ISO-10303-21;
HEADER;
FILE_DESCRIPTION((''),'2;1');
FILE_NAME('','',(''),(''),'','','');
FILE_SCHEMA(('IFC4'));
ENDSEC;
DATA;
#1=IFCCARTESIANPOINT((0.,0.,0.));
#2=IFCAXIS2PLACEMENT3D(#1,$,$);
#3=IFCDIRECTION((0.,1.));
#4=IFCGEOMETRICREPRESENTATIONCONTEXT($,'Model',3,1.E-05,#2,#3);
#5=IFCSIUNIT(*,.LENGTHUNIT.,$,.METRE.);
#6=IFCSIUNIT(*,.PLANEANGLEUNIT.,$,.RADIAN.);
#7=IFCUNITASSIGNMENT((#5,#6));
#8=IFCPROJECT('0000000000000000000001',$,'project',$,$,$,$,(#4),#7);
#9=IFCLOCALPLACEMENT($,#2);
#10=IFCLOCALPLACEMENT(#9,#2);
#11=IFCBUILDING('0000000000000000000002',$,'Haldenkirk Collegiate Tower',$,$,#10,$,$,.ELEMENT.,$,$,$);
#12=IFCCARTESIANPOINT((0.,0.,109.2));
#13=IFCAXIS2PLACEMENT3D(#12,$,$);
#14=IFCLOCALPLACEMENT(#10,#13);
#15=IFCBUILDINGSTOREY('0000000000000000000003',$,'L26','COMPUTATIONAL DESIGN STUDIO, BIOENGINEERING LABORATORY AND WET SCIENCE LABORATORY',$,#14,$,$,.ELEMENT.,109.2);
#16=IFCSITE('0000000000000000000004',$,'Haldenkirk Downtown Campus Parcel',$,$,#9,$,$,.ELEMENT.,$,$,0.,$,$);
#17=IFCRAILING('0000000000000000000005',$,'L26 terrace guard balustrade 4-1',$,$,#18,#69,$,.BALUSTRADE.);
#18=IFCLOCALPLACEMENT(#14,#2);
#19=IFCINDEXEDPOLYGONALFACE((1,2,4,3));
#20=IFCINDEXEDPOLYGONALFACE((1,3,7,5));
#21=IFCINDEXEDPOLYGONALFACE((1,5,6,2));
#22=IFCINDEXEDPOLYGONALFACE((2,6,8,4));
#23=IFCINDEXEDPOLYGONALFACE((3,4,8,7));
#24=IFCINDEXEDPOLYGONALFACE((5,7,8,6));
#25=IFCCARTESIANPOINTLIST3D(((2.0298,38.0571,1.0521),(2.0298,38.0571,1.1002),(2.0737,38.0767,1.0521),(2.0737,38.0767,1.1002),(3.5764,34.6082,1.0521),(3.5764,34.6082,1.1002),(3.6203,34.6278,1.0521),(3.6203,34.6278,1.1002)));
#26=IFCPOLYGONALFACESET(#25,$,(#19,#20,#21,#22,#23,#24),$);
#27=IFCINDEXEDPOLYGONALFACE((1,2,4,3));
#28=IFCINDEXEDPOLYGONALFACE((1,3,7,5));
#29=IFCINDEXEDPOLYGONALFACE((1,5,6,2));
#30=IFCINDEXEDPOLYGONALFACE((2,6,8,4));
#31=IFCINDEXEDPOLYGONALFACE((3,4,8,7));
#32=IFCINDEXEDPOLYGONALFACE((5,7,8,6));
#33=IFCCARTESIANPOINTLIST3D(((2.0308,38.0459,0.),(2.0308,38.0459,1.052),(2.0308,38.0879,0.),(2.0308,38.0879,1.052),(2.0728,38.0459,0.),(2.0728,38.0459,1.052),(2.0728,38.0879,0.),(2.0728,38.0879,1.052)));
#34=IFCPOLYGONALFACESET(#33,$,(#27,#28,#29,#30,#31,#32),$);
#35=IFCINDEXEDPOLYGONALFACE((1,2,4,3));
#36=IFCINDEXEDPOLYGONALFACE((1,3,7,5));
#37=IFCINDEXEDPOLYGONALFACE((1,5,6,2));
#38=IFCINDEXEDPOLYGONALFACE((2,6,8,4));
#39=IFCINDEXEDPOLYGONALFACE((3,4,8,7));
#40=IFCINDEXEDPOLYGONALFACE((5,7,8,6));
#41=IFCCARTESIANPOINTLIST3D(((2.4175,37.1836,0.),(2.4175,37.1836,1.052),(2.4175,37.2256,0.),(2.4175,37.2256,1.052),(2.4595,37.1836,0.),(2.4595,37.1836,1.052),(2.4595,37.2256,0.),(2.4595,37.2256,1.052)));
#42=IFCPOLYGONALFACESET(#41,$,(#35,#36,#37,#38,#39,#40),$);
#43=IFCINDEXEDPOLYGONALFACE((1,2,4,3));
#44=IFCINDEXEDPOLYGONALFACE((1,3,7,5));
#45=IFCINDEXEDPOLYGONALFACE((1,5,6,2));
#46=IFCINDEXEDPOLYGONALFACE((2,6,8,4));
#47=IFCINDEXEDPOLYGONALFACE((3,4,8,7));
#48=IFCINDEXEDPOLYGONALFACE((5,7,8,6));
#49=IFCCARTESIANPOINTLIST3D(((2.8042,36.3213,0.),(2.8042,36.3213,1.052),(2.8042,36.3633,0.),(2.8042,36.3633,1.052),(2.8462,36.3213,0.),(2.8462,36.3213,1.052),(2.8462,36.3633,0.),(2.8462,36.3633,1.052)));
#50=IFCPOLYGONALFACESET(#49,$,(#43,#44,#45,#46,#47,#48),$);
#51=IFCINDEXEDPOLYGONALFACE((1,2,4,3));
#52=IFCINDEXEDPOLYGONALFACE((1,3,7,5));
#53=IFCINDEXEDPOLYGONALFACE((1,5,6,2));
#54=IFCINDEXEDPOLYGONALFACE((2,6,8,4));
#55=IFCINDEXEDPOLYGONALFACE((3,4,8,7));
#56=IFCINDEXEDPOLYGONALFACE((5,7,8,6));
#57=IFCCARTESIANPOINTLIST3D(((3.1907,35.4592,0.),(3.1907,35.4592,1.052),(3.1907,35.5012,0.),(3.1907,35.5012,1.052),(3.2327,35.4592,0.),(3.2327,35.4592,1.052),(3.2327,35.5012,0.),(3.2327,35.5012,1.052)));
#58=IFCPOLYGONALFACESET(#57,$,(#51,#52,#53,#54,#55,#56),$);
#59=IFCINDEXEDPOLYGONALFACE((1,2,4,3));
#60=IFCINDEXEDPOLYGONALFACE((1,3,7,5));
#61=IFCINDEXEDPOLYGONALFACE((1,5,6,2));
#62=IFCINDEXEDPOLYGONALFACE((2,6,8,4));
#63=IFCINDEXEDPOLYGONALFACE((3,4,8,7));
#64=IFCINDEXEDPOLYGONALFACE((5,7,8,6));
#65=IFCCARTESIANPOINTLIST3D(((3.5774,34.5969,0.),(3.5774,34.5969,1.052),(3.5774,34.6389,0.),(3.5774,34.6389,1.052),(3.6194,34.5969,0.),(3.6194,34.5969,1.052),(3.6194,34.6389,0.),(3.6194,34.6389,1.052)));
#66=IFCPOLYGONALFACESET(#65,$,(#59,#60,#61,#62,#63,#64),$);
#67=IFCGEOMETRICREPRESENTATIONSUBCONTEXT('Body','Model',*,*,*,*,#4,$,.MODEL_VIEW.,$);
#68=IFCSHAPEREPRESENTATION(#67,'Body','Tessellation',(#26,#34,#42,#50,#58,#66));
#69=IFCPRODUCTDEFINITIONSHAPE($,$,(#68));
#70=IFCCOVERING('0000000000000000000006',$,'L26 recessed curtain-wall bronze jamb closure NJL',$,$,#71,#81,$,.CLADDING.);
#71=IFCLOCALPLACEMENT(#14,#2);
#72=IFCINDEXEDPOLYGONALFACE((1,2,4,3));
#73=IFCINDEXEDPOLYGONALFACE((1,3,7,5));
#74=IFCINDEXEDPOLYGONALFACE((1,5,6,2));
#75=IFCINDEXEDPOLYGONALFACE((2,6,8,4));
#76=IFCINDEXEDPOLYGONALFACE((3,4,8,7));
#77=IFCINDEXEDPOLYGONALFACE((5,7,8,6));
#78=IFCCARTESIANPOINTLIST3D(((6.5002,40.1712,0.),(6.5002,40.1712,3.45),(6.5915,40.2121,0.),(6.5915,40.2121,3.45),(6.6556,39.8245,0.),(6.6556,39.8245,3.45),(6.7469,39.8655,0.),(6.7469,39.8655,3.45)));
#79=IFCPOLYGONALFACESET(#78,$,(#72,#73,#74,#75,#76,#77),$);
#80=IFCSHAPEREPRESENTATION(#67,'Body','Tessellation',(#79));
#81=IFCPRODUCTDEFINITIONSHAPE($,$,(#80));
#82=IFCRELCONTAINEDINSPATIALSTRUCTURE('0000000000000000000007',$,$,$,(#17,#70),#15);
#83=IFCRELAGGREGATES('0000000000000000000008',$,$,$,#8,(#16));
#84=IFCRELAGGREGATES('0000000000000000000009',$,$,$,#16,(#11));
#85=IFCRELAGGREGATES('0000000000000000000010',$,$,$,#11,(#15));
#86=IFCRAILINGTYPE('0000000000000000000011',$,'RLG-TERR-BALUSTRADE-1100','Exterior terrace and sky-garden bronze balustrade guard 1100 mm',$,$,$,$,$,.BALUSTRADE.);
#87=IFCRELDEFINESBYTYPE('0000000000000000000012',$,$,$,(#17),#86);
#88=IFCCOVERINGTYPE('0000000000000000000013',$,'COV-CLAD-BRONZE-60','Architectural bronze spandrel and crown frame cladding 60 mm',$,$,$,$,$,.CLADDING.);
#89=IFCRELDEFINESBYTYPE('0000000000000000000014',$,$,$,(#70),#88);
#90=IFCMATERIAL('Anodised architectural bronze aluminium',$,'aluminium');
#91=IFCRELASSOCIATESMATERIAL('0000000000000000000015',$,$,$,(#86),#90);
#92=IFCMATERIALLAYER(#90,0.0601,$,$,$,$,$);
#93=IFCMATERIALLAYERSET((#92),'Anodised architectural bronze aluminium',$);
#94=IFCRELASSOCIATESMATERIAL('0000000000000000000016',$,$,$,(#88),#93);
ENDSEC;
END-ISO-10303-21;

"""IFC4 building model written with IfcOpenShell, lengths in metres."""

from ifc_helpers import new_model, si_unit, direction, frame, origin, origin_2d, place, context, subcontext, project, spatial, rectangle, extrude, source, transform, mapped, material, layer, layer_set, type_object, element, save


model = new_model("IFC4")

# Units and contexts
model_context = context("Model", 3, precision=1e-05, world=origin(), true_north=direction((0.0, 1.0)))
body_context = subcontext(model_context, "Body", "Model", "MODEL_VIEW")
ifc_project = project(units=[si_unit("LENGTHUNIT", "METRE"), si_unit("PLANEANGLEUNIT", "RADIAN")], contexts=[model_context])

# Site, building, storey
site_placement = place(None, origin())
site = spatial("IfcSite", under=ifc_project, at=site_placement, Name="Haldenkirk Downtown Campus Parcel", CompositionType="ELEMENT", RefElevation=0.0)
building_placement = place(site_placement, origin())
building = spatial("IfcBuilding", under=site, at=building_placement, Name="Haldenkirk Collegiate Tower", CompositionType="ELEMENT")
storey_placement = place(building_placement, frame((0.0, 0.0, 109.2)))
storey = spatial("IfcBuildingStorey", under=building, at=storey_placement, Name="L26", Description="COMPUTATIONAL DESIGN STUDIO, BIOENGINEERING LABORATORY AND WET SCIENCE LABORATORY", CompositionType="ELEMENT", Elevation=109.2)

# Shared definitions
ifc_material_1 = material(Name="Anodised architectural bronze aluminium", Category="aluminium")

# Railing
railing_type = type_object("IfcRailingType", Name="RLG-TERR-BALUSTRADE-1100", Description="Exterior terrace and sky-garden bronze balustrade guard 1100 mm", PredefinedType="BALUSTRADE", material=ifc_material_1)
railing_1_placement = place(storey_placement, frame((2.0518, 38.0669, 0.0)))
element("IfcRailing", 1, at=railing_1_placement, inside=storey, type_object=railing_type, Name="L26 terrace guard balustrade 4-1", PredefinedType="BALUSTRADE", context=body_context, shape_type="SweptSolid", body=[
    extrude(rectangle(XDim=0.0481, YDim=0.0481, at=origin_2d()), frame((0.0, 0.0, 1.0762), z_axis=(0.409175, -0.912456, 0.0), x_axis=(0.912456, 0.409175, 0.0)), (0.0, 0.0, 1.0), 3.7798),
    extrude(rectangle(XDim=0.042, YDim=0.042, at=origin_2d()), origin(), (0.0, 0.0, 1.0), 1.052),
    extrude(rectangle(XDim=0.042, YDim=0.042, at=origin_2d()), frame((0.3867, -0.8623, 0.0)), (0.0, 0.0, 1.0), 1.052),
    extrude(rectangle(XDim=0.042, YDim=0.042, at=origin_2d()), frame((0.7734, -1.7246, 0.0)), (0.0, 0.0, 1.0), 1.052),
    extrude(rectangle(XDim=0.042, YDim=0.042, at=origin_2d()), frame((1.1599, -2.5867, 0.0)), (0.0, 0.0, 1.0), 1.052),
    extrude(rectangle(XDim=0.042, YDim=0.042, at=origin_2d()), frame((1.5466, -3.449, 0.0)), (0.0, 0.0, 1.0), 1.052),
])

# Covering
ifc_layer_1 = layer(ifc_material_1, 0.0601)
ifc_layer_set_1 = layer_set([ifc_layer_1], Name="Anodised architectural bronze aluminium")
covering_type = type_object("IfcCoveringType", Name="COV-CLAD-BRONZE-60", Description="Architectural bronze spandrel and crown frame cladding 60 mm", PredefinedType="CLADDING", material=ifc_layer_set_1)
shared_shape_1 = source(origin(), body_context, "Body", "SweptSolid", [
    extrude(rectangle(XDim=0.1001, YDim=0.3799, at=origin_2d()), origin(), (0.0, 0.0, 1.0), 3.45),
])
covering_placement = place(storey_placement, frame((6.6235, 40.0183, 0.0), z_axis=(0.0, 0.0, 1.0), x_axis=(0.912477, 0.409127, 0.0)))
element("IfcCovering", 2, at=covering_placement, inside=storey, type_object=covering_type, Name="L26 recessed curtain-wall bronze jamb closure NJL", PredefinedType="CLADDING", context=body_context, shape_type="MappedRepresentation", body=[
    mapped(shared_shape_1, transform((0.0, 0.0, 0.0), x_axis=(1.0, 0.0, 0.0), y_axis=(0.0, 1.0, 0.0), z_axis=(0.0, 0.0, 1.0), scale=1.0)),
])

save(model, "model.ifc")
